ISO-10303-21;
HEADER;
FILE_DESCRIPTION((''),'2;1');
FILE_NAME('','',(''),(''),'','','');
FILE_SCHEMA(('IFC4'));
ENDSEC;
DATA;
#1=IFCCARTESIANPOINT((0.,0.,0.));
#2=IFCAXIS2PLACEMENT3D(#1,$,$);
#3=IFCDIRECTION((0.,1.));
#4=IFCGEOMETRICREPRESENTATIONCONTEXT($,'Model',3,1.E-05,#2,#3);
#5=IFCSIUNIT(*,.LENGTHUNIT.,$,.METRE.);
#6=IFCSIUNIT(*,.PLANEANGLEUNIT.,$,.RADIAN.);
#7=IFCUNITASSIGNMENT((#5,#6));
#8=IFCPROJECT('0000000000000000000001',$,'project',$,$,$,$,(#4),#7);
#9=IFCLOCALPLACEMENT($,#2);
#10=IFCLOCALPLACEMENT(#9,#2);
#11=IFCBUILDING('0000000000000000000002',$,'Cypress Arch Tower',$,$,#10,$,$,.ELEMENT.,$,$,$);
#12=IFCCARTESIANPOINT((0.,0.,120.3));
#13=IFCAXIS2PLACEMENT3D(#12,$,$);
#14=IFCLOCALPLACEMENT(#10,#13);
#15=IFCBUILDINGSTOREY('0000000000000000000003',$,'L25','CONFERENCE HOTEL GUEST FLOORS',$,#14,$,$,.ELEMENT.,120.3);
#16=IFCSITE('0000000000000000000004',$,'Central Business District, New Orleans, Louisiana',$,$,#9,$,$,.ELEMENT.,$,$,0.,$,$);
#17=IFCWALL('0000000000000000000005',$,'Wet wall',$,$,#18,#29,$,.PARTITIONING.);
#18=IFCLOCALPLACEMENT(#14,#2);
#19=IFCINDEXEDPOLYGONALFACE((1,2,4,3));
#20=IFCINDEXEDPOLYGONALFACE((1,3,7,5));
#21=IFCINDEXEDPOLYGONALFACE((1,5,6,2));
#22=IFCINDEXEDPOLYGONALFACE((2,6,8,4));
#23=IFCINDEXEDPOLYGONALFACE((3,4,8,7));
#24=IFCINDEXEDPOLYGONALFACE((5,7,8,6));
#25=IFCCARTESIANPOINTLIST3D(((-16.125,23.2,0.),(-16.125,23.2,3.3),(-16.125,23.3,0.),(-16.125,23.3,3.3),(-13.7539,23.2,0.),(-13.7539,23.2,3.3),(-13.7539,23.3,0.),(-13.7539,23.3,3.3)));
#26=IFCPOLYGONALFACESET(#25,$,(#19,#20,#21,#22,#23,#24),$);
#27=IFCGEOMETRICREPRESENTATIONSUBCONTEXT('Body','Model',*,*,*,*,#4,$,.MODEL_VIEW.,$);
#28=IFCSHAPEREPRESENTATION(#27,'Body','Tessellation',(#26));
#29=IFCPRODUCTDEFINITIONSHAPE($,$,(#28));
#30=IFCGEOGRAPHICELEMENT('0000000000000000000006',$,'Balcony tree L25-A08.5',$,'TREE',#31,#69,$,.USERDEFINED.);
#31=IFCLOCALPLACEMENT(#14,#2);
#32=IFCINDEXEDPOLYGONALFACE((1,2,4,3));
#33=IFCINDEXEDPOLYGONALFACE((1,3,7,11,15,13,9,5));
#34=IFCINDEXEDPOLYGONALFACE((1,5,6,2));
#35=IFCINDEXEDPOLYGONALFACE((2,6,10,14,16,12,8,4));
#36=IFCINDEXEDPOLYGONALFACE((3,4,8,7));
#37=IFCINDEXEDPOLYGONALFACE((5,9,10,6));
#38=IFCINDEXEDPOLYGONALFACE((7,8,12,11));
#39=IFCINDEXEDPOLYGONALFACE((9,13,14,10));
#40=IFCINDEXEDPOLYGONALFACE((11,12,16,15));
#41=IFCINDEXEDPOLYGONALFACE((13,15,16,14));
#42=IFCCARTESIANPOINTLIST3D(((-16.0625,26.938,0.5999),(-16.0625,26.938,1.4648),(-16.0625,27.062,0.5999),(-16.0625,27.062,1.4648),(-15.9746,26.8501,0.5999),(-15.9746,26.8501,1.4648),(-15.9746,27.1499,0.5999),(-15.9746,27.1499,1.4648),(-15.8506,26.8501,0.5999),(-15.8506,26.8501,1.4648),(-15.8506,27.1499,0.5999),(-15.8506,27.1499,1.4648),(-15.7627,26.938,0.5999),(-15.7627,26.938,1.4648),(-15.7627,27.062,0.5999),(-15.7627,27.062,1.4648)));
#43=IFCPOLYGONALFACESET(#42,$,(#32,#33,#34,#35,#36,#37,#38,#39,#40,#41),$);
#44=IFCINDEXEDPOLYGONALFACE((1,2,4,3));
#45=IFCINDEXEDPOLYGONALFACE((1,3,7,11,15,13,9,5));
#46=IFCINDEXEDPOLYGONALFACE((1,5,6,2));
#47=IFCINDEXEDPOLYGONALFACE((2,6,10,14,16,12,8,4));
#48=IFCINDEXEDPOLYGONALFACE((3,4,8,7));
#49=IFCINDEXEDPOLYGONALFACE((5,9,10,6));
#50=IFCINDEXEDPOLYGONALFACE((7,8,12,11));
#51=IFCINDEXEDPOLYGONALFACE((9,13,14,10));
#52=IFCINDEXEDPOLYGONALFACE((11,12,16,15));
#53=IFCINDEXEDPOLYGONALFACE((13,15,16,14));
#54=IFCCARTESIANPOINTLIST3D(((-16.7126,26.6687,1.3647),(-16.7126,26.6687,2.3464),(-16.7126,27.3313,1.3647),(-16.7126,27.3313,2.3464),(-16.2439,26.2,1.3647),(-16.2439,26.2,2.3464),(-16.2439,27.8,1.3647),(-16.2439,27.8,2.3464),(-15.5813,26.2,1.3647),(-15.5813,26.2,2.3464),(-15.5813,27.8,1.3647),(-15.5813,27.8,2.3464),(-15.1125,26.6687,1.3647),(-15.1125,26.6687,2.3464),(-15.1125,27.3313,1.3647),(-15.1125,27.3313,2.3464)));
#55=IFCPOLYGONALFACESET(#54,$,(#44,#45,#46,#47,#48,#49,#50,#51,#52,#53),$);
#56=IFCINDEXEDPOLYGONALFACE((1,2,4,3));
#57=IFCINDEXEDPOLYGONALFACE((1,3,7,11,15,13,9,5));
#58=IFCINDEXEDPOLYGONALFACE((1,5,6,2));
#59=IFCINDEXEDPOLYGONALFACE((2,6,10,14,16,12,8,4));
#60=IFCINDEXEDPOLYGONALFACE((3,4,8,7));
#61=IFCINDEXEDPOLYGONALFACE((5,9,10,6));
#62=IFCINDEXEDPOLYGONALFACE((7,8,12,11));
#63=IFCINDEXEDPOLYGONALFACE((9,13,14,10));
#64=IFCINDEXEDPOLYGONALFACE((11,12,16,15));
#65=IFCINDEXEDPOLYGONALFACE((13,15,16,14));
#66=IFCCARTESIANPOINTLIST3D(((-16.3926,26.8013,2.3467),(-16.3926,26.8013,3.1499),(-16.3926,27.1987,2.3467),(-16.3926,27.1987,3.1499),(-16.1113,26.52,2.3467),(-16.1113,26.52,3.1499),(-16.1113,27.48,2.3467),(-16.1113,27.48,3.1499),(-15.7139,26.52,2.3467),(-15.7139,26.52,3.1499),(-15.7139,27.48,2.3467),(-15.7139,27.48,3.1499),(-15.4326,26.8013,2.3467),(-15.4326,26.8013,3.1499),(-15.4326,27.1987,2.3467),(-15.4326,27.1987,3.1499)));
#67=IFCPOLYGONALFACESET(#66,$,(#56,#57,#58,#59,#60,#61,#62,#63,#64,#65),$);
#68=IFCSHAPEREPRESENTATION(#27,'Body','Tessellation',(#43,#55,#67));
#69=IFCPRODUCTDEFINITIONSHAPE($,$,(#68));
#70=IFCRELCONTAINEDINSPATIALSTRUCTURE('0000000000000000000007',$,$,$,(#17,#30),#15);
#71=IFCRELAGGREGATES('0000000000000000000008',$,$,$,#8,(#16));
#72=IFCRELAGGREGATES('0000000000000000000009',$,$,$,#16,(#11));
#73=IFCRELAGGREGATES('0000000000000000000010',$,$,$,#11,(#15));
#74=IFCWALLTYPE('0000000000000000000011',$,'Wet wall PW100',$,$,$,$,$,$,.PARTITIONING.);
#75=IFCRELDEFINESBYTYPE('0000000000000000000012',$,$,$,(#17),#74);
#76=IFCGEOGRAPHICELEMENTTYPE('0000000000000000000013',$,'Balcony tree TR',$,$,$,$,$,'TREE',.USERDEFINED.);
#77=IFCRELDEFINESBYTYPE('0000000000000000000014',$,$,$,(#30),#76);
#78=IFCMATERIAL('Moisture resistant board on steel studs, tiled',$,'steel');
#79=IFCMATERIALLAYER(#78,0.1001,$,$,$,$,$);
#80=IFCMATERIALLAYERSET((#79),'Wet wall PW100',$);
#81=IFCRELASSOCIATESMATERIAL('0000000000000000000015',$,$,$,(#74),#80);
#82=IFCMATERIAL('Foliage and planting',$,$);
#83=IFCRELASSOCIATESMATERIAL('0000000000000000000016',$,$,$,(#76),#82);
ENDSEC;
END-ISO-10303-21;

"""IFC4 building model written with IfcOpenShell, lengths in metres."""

from ifc_helpers import new_model, si_unit, direction, frame, frame_2d, origin, place, context, subcontext, project, spatial, polyline, rectangle, outline, extrude, material, layer, layer_set, type_object, element, save


model = new_model("IFC4")

# Units and contexts
model_context = context("Model", 3, precision=1e-05, world=origin(), true_north=direction((0.0, 1.0)))
body_context = subcontext(model_context, "Body", "Model", "MODEL_VIEW")
ifc_project = project(units=[si_unit("LENGTHUNIT", "METRE"), si_unit("PLANEANGLEUNIT", "RADIAN")], contexts=[model_context])

# Site, building, storey
site_placement = place(None, origin())
site = spatial("IfcSite", under=ifc_project, at=site_placement, Name="Central Business District, New Orleans, Louisiana", CompositionType="ELEMENT", RefElevation=0.0)
building_placement = place(site_placement, origin())
building = spatial("IfcBuilding", under=site, at=building_placement, Name="Cypress Arch Tower", CompositionType="ELEMENT")
storey_placement = place(building_placement, frame((0.0, 0.0, 120.3)))
storey = spatial("IfcBuildingStorey", under=building, at=storey_placement, Name="L25", Description="CONFERENCE HOTEL GUEST FLOORS", CompositionType="ELEMENT", Elevation=120.3)

# Shared definitions
ifc_material_1 = material(Name="Moisture resistant board on steel studs, tiled", Category="steel")
ifc_layer_1 = layer(ifc_material_1, 0.1001)
ifc_layer_set_1 = layer_set([ifc_layer_1], Name="Wet wall PW100")
wall_type_1 = type_object("IfcWallType", Name="Wet wall PW100", PredefinedType="PARTITIONING", material=ifc_layer_set_1)

# Wall
wall_1_placement = place(storey_placement, frame((-16.125, 23.25, 0.0), z_axis=(0.0, 0.0, 1.0), x_axis=(1.0, 0.0, 0.0)))
element("IfcWall", 1, at=wall_1_placement, inside=storey, type_object=wall_type_1, Name="Wet wall", PredefinedType="PARTITIONING", context=body_context, shape_type="SweptSolid", body=[
    extrude(rectangle(XDim=2.3711, YDim=0.1001, at=frame_2d((1.1855, 0.0))), origin(), (0.0, 0.0, 1.0), 3.3),
])

# Geographic element
ifc_material_2 = material(Name="Foliage and planting")
geographic_element_type = type_object("IfcGeographicElementType", Name="Balcony tree TR", ElementType="TREE", PredefinedType="USERDEFINED", material=ifc_material_2)
geographic_element_placement = place(storey_placement, frame((-15.9126, 27.0, 0.5999), z_axis=(0.0, 0.0, 1.0), x_axis=(1.0, 0.0, 0.0)))
element("IfcGeographicElement", 2, at=geographic_element_placement, inside=storey, type_object=geographic_element_type, Name="Balcony tree L25-A08.5", ObjectType="TREE", PredefinedType="USERDEFINED", context=body_context, shape_type="SweptSolid", body=[
    extrude(outline(polyline([(0.1499, 0.062), (0.062, 0.1499), (-0.062, 0.1499), (-0.1499, 0.062), (-0.1499, -0.062), (-0.062, -0.1499), (0.062, -0.1499), (0.1499, -0.062), (0.1499, 0.062)])), origin(), (0.0, 0.0, 1.0), 0.865),
    extrude(outline(polyline([(0.8, 0.3313), (0.3313, 0.8), (-0.3313, 0.8), (-0.8, 0.3313), (-0.8, -0.3313), (-0.3313, -0.8), (0.3313, -0.8), (0.8, -0.3313), (0.8, 0.3313)])), frame((0.0, 0.0, 0.7649)), (0.0, 0.0, 1.0), 0.9817),
    extrude(outline(polyline([(0.48, 0.1987), (0.1987, 0.48), (-0.1987, 0.48), (-0.48, 0.1987), (-0.48, -0.1987), (-0.1987, -0.48), (0.1987, -0.48), (0.48, -0.1987), (0.48, 0.1987)])), frame((0.0, 0.0, 1.7468)), (0.0, 0.0, 1.0), 0.8032),
])

save(model, "model.ifc")
